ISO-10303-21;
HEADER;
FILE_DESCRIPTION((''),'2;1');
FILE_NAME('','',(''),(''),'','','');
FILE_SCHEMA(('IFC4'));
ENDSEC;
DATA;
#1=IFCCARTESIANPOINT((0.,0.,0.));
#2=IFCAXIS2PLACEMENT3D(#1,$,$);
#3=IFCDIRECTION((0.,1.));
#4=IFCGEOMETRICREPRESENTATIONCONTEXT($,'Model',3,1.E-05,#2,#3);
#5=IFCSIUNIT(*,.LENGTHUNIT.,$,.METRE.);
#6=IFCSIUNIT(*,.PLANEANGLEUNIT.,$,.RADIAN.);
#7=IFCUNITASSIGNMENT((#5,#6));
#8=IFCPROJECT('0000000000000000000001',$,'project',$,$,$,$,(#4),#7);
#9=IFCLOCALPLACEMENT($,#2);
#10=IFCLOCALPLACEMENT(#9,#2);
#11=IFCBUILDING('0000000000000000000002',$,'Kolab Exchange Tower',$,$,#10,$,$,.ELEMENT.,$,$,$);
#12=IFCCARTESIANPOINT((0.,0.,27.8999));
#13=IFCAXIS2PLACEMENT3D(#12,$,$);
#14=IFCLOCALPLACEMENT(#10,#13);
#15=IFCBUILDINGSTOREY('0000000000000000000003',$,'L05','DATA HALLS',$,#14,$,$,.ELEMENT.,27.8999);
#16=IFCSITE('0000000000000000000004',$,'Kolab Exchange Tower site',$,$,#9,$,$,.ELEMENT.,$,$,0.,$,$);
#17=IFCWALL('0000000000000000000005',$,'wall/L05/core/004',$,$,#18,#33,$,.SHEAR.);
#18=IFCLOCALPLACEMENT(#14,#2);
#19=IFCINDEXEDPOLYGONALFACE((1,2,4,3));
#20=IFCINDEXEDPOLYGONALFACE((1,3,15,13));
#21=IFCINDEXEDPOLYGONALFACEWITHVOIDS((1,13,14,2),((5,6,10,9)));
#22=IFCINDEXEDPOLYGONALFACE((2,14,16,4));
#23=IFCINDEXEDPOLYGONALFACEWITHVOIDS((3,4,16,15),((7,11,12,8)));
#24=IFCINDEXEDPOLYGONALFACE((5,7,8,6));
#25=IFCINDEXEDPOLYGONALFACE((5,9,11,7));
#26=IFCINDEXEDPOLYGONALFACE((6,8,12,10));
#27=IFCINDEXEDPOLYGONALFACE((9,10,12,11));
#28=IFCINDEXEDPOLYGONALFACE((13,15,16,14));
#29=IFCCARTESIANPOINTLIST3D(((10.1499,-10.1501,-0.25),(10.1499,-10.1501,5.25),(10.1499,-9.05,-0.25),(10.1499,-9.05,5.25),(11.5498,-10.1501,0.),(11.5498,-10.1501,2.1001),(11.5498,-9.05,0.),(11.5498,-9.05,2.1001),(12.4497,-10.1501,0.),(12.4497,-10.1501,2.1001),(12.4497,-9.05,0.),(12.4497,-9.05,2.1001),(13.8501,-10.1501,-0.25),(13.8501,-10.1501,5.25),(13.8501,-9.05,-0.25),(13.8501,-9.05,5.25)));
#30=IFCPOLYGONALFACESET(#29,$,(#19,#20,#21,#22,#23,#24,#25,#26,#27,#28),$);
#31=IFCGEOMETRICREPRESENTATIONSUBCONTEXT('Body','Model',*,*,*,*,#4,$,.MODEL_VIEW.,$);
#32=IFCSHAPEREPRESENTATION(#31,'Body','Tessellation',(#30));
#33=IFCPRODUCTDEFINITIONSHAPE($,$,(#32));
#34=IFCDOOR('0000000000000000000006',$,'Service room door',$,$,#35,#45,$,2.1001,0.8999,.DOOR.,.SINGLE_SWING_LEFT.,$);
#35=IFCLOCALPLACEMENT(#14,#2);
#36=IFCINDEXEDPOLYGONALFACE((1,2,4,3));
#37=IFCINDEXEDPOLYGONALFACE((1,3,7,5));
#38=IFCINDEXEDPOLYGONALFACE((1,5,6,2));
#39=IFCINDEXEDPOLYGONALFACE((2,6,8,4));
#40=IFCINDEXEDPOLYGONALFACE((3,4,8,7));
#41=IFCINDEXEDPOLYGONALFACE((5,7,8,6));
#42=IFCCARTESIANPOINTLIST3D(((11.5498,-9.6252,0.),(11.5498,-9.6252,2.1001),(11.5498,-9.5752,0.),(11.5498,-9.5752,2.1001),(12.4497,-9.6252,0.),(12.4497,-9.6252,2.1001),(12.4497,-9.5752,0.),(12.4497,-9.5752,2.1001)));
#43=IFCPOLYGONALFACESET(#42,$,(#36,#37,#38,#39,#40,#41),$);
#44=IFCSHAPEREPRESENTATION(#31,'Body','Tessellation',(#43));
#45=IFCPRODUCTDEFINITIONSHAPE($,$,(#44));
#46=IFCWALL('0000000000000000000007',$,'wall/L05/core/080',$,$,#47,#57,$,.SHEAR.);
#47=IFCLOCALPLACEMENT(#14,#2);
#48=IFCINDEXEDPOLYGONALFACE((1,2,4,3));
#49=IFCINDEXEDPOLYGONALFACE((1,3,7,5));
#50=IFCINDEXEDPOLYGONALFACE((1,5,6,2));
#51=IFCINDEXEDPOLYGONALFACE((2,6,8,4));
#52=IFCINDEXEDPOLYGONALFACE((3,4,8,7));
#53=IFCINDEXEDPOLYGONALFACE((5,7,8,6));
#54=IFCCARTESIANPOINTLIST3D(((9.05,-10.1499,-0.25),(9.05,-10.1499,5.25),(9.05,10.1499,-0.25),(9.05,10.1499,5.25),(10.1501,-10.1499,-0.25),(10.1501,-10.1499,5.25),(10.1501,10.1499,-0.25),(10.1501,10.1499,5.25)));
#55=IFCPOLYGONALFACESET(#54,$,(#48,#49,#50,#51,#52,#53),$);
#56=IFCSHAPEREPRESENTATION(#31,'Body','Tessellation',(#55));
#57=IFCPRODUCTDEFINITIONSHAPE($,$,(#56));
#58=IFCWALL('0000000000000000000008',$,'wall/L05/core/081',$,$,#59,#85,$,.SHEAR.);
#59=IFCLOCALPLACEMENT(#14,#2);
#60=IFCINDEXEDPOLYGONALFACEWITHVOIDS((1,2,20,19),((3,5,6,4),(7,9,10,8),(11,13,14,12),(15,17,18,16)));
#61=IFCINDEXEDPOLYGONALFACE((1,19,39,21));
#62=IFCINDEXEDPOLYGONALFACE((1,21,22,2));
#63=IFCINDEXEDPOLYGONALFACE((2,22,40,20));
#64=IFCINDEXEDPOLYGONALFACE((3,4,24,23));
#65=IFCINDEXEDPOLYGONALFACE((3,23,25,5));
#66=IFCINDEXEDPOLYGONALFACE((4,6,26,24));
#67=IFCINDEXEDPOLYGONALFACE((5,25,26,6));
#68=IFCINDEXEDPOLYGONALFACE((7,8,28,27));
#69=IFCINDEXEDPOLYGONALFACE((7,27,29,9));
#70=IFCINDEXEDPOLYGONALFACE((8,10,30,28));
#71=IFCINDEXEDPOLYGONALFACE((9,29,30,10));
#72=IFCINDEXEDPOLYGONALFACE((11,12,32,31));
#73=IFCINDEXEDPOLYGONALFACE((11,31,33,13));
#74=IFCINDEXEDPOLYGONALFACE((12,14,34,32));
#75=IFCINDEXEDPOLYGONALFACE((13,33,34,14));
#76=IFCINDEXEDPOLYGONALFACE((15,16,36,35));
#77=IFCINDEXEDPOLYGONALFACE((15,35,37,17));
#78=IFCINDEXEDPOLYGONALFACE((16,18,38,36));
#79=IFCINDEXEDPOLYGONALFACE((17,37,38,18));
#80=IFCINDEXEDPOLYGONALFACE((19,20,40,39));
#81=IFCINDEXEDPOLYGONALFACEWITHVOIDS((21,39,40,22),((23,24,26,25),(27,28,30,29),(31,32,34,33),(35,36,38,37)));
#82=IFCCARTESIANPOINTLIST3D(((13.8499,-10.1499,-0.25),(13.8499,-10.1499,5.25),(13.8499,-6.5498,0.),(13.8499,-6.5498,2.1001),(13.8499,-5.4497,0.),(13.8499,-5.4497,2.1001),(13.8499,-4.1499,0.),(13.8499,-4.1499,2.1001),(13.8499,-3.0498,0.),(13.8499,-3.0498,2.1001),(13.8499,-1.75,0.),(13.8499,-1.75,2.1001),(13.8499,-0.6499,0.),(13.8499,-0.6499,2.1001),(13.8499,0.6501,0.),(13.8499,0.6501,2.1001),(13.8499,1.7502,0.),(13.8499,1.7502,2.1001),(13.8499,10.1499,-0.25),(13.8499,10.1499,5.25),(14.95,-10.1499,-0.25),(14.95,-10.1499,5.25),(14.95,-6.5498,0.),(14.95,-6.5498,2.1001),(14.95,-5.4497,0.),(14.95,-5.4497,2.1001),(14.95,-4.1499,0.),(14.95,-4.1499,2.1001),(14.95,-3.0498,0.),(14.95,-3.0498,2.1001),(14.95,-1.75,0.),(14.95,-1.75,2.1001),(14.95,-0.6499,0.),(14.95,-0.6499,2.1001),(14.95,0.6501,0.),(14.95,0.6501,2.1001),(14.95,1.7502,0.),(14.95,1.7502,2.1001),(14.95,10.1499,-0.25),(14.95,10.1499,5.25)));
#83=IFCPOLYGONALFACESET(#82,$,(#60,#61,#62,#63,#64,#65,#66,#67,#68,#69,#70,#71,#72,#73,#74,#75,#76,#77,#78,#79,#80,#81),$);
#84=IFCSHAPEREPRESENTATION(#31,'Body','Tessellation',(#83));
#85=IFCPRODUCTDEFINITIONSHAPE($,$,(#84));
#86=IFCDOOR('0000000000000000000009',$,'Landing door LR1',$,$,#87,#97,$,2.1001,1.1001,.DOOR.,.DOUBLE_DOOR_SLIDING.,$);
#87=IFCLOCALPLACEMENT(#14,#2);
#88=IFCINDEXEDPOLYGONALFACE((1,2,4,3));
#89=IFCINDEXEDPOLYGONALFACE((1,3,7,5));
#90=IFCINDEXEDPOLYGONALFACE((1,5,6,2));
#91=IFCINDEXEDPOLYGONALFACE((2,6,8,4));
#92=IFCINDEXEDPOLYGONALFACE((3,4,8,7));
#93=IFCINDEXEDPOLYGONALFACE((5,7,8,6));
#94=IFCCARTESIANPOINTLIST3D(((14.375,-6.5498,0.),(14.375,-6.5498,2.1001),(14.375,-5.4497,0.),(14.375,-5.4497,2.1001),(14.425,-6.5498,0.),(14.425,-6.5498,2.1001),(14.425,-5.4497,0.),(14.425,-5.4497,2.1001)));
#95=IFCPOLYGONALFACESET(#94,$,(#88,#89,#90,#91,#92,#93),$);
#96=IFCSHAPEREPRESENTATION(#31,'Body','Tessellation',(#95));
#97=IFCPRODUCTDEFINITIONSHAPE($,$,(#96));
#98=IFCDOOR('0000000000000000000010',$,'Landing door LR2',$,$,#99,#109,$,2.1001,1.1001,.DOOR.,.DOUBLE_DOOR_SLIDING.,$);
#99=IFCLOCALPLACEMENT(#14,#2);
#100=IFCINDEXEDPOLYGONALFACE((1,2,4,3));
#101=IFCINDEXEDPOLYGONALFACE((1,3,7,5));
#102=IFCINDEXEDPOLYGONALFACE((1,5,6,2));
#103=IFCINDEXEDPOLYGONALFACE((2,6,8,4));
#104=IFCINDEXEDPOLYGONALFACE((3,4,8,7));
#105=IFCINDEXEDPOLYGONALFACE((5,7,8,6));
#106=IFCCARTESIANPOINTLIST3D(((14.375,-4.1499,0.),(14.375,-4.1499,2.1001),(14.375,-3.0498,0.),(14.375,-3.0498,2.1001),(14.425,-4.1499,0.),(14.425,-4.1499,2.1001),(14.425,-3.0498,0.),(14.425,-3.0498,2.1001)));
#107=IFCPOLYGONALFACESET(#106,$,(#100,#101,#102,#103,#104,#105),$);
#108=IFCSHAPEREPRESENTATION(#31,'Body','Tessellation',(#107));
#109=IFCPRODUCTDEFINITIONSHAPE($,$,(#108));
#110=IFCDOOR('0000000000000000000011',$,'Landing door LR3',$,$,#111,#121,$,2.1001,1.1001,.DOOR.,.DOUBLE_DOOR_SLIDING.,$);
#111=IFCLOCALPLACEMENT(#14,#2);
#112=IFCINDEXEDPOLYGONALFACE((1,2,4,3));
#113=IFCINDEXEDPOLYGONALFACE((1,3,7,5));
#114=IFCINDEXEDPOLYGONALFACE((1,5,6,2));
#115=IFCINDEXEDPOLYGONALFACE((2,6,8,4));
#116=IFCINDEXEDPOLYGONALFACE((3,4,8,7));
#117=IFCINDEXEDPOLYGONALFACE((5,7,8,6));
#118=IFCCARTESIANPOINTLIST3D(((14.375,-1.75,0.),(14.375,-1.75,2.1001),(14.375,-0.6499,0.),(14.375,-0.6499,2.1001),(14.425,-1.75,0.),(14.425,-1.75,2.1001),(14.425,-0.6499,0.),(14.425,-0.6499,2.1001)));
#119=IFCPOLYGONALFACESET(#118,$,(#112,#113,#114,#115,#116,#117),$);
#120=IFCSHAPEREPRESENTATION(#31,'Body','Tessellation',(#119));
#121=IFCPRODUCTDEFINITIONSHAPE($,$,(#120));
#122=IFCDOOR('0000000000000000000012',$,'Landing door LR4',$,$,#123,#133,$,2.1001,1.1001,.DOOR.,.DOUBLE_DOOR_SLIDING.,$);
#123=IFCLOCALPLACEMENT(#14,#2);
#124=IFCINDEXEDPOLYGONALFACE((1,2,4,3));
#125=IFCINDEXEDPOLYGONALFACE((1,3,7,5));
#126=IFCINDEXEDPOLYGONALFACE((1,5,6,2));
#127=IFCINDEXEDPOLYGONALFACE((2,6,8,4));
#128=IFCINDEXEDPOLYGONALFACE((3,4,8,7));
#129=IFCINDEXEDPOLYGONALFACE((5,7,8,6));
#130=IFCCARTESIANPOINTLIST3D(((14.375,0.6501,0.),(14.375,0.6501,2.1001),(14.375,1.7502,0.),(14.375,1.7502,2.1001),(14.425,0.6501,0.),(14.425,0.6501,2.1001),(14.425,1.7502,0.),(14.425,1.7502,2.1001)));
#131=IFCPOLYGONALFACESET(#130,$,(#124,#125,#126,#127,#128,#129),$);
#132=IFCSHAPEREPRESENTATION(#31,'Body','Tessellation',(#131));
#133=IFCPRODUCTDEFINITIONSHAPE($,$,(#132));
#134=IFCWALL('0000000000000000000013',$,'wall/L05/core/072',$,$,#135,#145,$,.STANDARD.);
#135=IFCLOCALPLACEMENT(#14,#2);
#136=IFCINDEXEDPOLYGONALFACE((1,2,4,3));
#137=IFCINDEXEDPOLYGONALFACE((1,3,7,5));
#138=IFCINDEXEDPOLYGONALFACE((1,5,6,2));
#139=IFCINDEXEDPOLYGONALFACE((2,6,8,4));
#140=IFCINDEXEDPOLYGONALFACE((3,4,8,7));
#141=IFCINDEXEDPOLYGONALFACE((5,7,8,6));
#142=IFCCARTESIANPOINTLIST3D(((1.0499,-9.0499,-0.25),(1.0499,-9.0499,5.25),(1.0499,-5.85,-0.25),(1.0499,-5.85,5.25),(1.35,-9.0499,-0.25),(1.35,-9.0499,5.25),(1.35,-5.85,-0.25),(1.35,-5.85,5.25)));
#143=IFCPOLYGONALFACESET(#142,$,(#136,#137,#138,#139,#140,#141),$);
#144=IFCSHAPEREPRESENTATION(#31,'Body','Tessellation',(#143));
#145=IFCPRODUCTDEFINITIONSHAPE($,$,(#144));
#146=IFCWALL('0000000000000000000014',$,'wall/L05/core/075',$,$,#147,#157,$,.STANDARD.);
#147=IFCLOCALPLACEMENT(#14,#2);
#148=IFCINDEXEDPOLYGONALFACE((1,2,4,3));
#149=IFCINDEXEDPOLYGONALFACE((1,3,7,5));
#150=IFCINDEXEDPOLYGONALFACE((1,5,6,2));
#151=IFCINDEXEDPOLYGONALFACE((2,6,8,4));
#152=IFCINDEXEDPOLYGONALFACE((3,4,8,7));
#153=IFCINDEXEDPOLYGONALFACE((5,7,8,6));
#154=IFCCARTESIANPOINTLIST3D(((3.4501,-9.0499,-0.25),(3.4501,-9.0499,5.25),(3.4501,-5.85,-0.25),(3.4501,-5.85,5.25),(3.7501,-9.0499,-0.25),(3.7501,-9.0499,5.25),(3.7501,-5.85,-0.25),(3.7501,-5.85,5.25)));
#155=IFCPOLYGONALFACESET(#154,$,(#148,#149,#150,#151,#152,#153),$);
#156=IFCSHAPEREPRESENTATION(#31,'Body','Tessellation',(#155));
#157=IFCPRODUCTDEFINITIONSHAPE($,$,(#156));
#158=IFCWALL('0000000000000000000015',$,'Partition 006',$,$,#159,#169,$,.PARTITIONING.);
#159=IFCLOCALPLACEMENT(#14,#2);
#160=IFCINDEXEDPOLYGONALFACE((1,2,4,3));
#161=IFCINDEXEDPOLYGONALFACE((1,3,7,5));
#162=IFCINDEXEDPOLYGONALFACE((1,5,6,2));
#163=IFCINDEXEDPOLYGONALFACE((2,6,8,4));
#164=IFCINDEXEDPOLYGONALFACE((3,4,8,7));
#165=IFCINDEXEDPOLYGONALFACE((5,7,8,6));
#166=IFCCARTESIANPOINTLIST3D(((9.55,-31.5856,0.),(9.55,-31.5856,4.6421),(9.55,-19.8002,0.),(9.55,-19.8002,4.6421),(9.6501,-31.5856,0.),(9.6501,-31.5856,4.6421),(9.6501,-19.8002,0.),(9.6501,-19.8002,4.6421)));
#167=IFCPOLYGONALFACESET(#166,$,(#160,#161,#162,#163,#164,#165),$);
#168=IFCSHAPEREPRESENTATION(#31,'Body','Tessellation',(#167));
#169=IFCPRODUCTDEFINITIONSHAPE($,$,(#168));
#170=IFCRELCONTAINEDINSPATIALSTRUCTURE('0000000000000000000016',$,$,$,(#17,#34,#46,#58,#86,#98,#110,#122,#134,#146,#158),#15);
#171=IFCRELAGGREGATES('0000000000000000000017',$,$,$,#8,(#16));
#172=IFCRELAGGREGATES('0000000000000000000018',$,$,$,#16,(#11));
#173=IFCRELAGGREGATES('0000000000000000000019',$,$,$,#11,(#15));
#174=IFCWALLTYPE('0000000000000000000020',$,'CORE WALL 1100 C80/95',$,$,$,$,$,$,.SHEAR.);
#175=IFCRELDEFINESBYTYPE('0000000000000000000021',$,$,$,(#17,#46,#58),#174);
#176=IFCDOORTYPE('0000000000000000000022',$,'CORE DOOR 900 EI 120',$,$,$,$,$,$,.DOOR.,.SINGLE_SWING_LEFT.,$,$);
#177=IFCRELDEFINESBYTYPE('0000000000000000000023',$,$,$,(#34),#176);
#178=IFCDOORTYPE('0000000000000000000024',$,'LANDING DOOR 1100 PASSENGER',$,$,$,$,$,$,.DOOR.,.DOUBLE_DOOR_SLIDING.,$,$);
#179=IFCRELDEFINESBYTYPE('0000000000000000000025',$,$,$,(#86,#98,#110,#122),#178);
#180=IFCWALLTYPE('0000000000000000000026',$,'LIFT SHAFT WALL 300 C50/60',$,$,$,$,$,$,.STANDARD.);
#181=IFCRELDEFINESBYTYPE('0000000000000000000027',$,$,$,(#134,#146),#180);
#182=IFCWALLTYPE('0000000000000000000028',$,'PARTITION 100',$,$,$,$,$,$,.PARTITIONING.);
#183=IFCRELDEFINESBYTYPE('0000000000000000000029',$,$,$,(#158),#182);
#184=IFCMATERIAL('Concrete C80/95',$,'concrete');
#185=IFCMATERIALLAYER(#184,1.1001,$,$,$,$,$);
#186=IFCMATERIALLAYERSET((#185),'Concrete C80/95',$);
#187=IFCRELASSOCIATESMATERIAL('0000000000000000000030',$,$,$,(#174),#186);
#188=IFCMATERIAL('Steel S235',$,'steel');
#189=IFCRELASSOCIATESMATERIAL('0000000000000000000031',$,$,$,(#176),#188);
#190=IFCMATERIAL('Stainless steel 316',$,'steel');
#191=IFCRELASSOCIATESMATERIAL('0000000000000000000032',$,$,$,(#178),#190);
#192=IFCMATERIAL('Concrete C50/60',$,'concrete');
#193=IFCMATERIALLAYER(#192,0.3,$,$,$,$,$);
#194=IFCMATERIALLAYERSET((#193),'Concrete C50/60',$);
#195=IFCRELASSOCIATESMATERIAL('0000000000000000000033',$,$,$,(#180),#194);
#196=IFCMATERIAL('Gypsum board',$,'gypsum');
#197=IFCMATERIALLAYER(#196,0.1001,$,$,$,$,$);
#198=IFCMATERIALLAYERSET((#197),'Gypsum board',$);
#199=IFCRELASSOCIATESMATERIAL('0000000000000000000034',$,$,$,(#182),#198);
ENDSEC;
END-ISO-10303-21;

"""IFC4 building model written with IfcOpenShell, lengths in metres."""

from ifc_helpers import new_model, si_unit, direction, frame, frame_2d, origin, place, context, subcontext, project, spatial, rectangle, extrude, material, layer, layer_set, type_object, element, fill, save


model = new_model("IFC4")

# Units and contexts
model_context = context("Model", 3, precision=1e-05, world=origin(), true_north=direction((0.0, 1.0)))
body_context = subcontext(model_context, "Body", "Model", "MODEL_VIEW")
ifc_project = project(units=[si_unit("LENGTHUNIT", "METRE"), si_unit("PLANEANGLEUNIT", "RADIAN")], contexts=[model_context])

# Site, building, storey
site_placement = place(None, origin())
site = spatial("IfcSite", under=ifc_project, at=site_placement, Name="Kolab Exchange Tower site", CompositionType="ELEMENT", RefElevation=0.0)
building_placement = place(site_placement, origin())
building = spatial("IfcBuilding", under=site, at=building_placement, Name="Kolab Exchange Tower", CompositionType="ELEMENT")
storey_placement = place(building_placement, frame((0.0, 0.0, 27.8999)))
storey = spatial("IfcBuildingStorey", under=building, at=storey_placement, Name="L05", Description="DATA HALLS", CompositionType="ELEMENT", Elevation=27.8999)

# Shared definitions
ifc_material_1 = material(Name="Concrete C80/95", Category="concrete")

# Wall, opening, door
ifc_layer_1 = layer(ifc_material_1, 1.1001)
ifc_layer_set_1 = layer_set([ifc_layer_1], Name="Concrete C80/95")
wall_type_1 = type_object("IfcWallType", Name="CORE WALL 1100 C80/95", PredefinedType="SHEAR", material=ifc_layer_set_1)
wall_1_placement = place(storey_placement, frame((10.1499, -9.6001, -0.25), z_axis=(0.0, 0.0, 1.0), x_axis=(1.0, 0.0, 0.0)))
wall_1 = element("IfcWall", 1, at=wall_1_placement, inside=storey, type_object=wall_type_1, Name="wall/L05/core/004", PredefinedType="SHEAR", context=body_context, shape_type="SweptSolid", body=[
    extrude(rectangle(XDim=3.7002, YDim=1.1001, at=frame_2d((1.8501, 0.0))), origin(), (0.0, 0.0, 1.0), 5.5),
])
opening_1_placement = place(wall_1_placement, frame((1.3999, 0.0, 0.25)))
opening_1 = element("IfcOpeningElement", 2, at=opening_1_placement, cuts=wall_1, PredefinedType="OPENING", context=body_context, shape_type="SweptSolid", body=[
    extrude(rectangle(XDim=0.8999, YDim=2.1001, at=frame_2d((0.45, 1.05))), frame((0.0, 0.5601, 0.0), z_axis=(0.0, -1.0, 0.0), x_axis=(1.0, 0.0, 0.0)), (0.0, 0.0, 1.0), 1.1201),
])
ifc_material_2 = material(Name="Steel S235", Category="steel")
door_type_1 = type_object("IfcDoorType", Name="CORE DOOR 900 EI 120", OperationType="SINGLE_SWING_LEFT", PredefinedType="DOOR", material=ifc_material_2)
door_1_placement = place(opening_1_placement, origin())
door_1 = element("IfcDoor", 3, at=door_1_placement, inside=storey, type_object=door_type_1, Name="Service room door", OperationType="SINGLE_SWING_LEFT", OverallHeight=2.1001, OverallWidth=0.8999, PredefinedType="DOOR", context=body_context, shape_type="SweptSolid", body=[
    extrude(rectangle(XDim=0.8999, YDim=2.1001, at=frame_2d((0.45, 1.05))), frame((0.0, 0.0249, 0.0), z_axis=(0.0, -1.0, 0.0), x_axis=(1.0, 0.0, 0.0)), (0.0, 0.0, 1.0), 0.05),
])
fill(opening_1, door_1)

# Wall
wall_2_placement = place(storey_placement, frame((9.6001, -10.1499, -0.25), z_axis=(0.0, 0.0, 1.0), x_axis=(0.0, 1.0, 0.0)))
element("IfcWall", 4, at=wall_2_placement, inside=storey, type_object=wall_type_1, Name="wall/L05/core/080", PredefinedType="SHEAR", context=body_context, shape_type="SweptSolid", body=[
    extrude(rectangle(XDim=20.2998, YDim=1.1001, at=frame_2d((10.1499, 0.0))), origin(), (0.0, 0.0, 1.0), 5.5),
])

# Wall, openings, doors
wall_3_placement = place(storey_placement, frame((14.3999, -10.1499, -0.25), z_axis=(0.0, 0.0, 1.0), x_axis=(0.0, 1.0, 0.0)))
wall_3 = element("IfcWall", 5, at=wall_3_placement, inside=storey, type_object=wall_type_1, Name="wall/L05/core/081", PredefinedType="SHEAR", context=body_context, shape_type="SweptSolid", body=[
    extrude(rectangle(XDim=20.2998, YDim=1.1001, at=frame_2d((10.1499, 0.0))), origin(), (0.0, 0.0, 1.0), 5.5),
])
opening_2_placement = place(wall_3_placement, frame((3.6001, 0.0, 0.25)))
opening_2 = element("IfcOpeningElement", 6, at=opening_2_placement, cuts=wall_3, PredefinedType="OPENING", context=body_context, shape_type="SweptSolid", body=[
    extrude(rectangle(XDim=1.1001, YDim=2.1001, at=frame_2d((0.55, 1.05))), frame((0.0, 0.5601, 0.0), z_axis=(0.0, -1.0, 0.0), x_axis=(1.0, 0.0, 0.0)), (0.0, 0.0, 1.0), 1.1201),
])
opening_3_placement = place(wall_3_placement, frame((6.0, 0.0, 0.25)))
opening_3 = element("IfcOpeningElement", 7, at=opening_3_placement, cuts=wall_3, PredefinedType="OPENING", context=body_context, shape_type="SweptSolid", body=[
    extrude(rectangle(XDim=1.1001, YDim=2.1001, at=frame_2d((0.55, 1.05))), frame((0.0, 0.5601, 0.0), z_axis=(0.0, -1.0, 0.0), x_axis=(1.0, 0.0, 0.0)), (0.0, 0.0, 1.0), 1.1201),
])
opening_4_placement = place(wall_3_placement, frame((8.3999, 0.0, 0.25)))
opening_4 = element("IfcOpeningElement", 8, at=opening_4_placement, cuts=wall_3, PredefinedType="OPENING", context=body_context, shape_type="SweptSolid", body=[
    extrude(rectangle(XDim=1.1001, YDim=2.1001, at=frame_2d((0.55, 1.05))), frame((0.0, 0.5601, 0.0), z_axis=(0.0, -1.0, 0.0), x_axis=(1.0, 0.0, 0.0)), (0.0, 0.0, 1.0), 1.1201),
])
opening_5_placement = place(wall_3_placement, frame((10.8, 0.0, 0.25)))
opening_5 = element("IfcOpeningElement", 9, at=opening_5_placement, cuts=wall_3, PredefinedType="OPENING", context=body_context, shape_type="SweptSolid", body=[
    extrude(rectangle(XDim=1.1001, YDim=2.1001, at=frame_2d((0.55, 1.05))), frame((0.0, 0.5601, 0.0), z_axis=(0.0, -1.0, 0.0), x_axis=(1.0, 0.0, 0.0)), (0.0, 0.0, 1.0), 1.1201),
])
ifc_material_3 = material(Name="Stainless steel 316", Category="steel")
door_type_2 = type_object("IfcDoorType", Name="LANDING DOOR 1100 PASSENGER", OperationType="DOUBLE_DOOR_SLIDING", PredefinedType="DOOR", material=ifc_material_3)
door_2_placement = place(opening_2_placement, origin())
door_2 = element("IfcDoor", 10, at=door_2_placement, inside=storey, type_object=door_type_2, Name="Landing door LR1", OperationType="DOUBLE_DOOR_SLIDING", OverallHeight=2.1001, OverallWidth=1.1001, PredefinedType="DOOR", context=body_context, shape_type="SweptSolid", body=[
    extrude(rectangle(XDim=1.1001, YDim=2.1001, at=frame_2d((0.55, 1.05))), frame((0.0, 0.0249, 0.0), z_axis=(0.0, -1.0, 0.0), x_axis=(1.0, 0.0, 0.0)), (0.0, 0.0, 1.0), 0.05),
])
fill(opening_2, door_2)
door_3_placement = place(opening_3_placement, origin())
door_3 = element("IfcDoor", 11, at=door_3_placement, inside=storey, type_object=door_type_2, Name="Landing door LR2", OperationType="DOUBLE_DOOR_SLIDING", OverallHeight=2.1001, OverallWidth=1.1001, PredefinedType="DOOR", context=body_context, shape_type="SweptSolid", body=[
    extrude(rectangle(XDim=1.1001, YDim=2.1001, at=frame_2d((0.55, 1.05))), frame((0.0, 0.0249, 0.0), z_axis=(0.0, -1.0, 0.0), x_axis=(1.0, 0.0, 0.0)), (0.0, 0.0, 1.0), 0.05),
])
fill(opening_3, door_3)
door_4_placement = place(opening_4_placement, origin())
door_4 = element("IfcDoor", 12, at=door_4_placement, inside=storey, type_object=door_type_2, Name="Landing door LR3", OperationType="DOUBLE_DOOR_SLIDING", OverallHeight=2.1001, OverallWidth=1.1001, PredefinedType="DOOR", context=body_context, shape_type="SweptSolid", body=[
    extrude(rectangle(XDim=1.1001, YDim=2.1001, at=frame_2d((0.55, 1.05))), frame((0.0, 0.0249, 0.0), z_axis=(0.0, -1.0, 0.0), x_axis=(1.0, 0.0, 0.0)), (0.0, 0.0, 1.0), 0.05),
])
fill(opening_4, door_4)
door_5_placement = place(opening_5_placement, origin())
door_5 = element("IfcDoor", 13, at=door_5_placement, inside=storey, type_object=door_type_2, Name="Landing door LR4", OperationType="DOUBLE_DOOR_SLIDING", OverallHeight=2.1001, OverallWidth=1.1001, PredefinedType="DOOR", context=body_context, shape_type="SweptSolid", body=[
    extrude(rectangle(XDim=1.1001, YDim=2.1001, at=frame_2d((0.55, 1.05))), frame((0.0, 0.0249, 0.0), z_axis=(0.0, -1.0, 0.0), x_axis=(1.0, 0.0, 0.0)), (0.0, 0.0, 1.0), 0.05),
])
fill(opening_5, door_5)

# Walls
ifc_material_4 = material(Name="Concrete C50/60", Category="concrete")
ifc_layer_2 = layer(ifc_material_4, 0.3)
ifc_layer_set_2 = layer_set([ifc_layer_2], Name="Concrete C50/60")
wall_type_2 = type_object("IfcWallType", Name="LIFT SHAFT WALL 300 C50/60", PredefinedType="STANDARD", material=ifc_layer_set_2)
for number, where, z_axis, x_axis, name in (
    (14, (1.2, -9.05, -0.25), (0.0, 0.0, 1.0), (0.0, 1.0, 0.0), "wall/L05/core/072"),
    (15, (3.6001, -9.05, -0.25), (0.0, 0.0, 1.0), (0.0, 1.0, 0.0), "wall/L05/core/075"),
):
    element("IfcWall", number, at=place(storey_placement, frame(where, z_axis=z_axis, x_axis=x_axis)), inside=storey, type_object=wall_type_2, Name=name, PredefinedType="STANDARD", context=body_context, shape_type="SweptSolid", body=[
        extrude(rectangle(XDim=3.2, YDim=0.3, at=frame_2d((1.6001, 0.0))), origin(), (0.0, 0.0, 1.0), 5.5),
    ])
ifc_material_5 = material(Name="Gypsum board", Category="gypsum")
ifc_layer_3 = layer(ifc_material_5, 0.1001)
ifc_layer_set_3 = layer_set([ifc_layer_3], Name="Gypsum board")
wall_type_3 = type_object("IfcWallType", Name="PARTITION 100", PredefinedType="PARTITIONING", material=ifc_layer_set_3)
wall_4_placement = place(storey_placement, frame((9.6001, -31.5854, 0.0), z_axis=(0.0, 0.0, 1.0), x_axis=(0.0, 1.0, 0.0)))
element("IfcWall", 16, at=wall_4_placement, inside=storey, type_object=wall_type_3, Name="Partition 006", PredefinedType="PARTITIONING", context=body_context, shape_type="SweptSolid", body=[
    extrude(rectangle(XDim=11.7854, YDim=0.1001, at=frame_2d((5.8926, 0.0))), origin(), (0.0, 0.0, 1.0), 4.6421),
])

save(model, "model.ifc")
